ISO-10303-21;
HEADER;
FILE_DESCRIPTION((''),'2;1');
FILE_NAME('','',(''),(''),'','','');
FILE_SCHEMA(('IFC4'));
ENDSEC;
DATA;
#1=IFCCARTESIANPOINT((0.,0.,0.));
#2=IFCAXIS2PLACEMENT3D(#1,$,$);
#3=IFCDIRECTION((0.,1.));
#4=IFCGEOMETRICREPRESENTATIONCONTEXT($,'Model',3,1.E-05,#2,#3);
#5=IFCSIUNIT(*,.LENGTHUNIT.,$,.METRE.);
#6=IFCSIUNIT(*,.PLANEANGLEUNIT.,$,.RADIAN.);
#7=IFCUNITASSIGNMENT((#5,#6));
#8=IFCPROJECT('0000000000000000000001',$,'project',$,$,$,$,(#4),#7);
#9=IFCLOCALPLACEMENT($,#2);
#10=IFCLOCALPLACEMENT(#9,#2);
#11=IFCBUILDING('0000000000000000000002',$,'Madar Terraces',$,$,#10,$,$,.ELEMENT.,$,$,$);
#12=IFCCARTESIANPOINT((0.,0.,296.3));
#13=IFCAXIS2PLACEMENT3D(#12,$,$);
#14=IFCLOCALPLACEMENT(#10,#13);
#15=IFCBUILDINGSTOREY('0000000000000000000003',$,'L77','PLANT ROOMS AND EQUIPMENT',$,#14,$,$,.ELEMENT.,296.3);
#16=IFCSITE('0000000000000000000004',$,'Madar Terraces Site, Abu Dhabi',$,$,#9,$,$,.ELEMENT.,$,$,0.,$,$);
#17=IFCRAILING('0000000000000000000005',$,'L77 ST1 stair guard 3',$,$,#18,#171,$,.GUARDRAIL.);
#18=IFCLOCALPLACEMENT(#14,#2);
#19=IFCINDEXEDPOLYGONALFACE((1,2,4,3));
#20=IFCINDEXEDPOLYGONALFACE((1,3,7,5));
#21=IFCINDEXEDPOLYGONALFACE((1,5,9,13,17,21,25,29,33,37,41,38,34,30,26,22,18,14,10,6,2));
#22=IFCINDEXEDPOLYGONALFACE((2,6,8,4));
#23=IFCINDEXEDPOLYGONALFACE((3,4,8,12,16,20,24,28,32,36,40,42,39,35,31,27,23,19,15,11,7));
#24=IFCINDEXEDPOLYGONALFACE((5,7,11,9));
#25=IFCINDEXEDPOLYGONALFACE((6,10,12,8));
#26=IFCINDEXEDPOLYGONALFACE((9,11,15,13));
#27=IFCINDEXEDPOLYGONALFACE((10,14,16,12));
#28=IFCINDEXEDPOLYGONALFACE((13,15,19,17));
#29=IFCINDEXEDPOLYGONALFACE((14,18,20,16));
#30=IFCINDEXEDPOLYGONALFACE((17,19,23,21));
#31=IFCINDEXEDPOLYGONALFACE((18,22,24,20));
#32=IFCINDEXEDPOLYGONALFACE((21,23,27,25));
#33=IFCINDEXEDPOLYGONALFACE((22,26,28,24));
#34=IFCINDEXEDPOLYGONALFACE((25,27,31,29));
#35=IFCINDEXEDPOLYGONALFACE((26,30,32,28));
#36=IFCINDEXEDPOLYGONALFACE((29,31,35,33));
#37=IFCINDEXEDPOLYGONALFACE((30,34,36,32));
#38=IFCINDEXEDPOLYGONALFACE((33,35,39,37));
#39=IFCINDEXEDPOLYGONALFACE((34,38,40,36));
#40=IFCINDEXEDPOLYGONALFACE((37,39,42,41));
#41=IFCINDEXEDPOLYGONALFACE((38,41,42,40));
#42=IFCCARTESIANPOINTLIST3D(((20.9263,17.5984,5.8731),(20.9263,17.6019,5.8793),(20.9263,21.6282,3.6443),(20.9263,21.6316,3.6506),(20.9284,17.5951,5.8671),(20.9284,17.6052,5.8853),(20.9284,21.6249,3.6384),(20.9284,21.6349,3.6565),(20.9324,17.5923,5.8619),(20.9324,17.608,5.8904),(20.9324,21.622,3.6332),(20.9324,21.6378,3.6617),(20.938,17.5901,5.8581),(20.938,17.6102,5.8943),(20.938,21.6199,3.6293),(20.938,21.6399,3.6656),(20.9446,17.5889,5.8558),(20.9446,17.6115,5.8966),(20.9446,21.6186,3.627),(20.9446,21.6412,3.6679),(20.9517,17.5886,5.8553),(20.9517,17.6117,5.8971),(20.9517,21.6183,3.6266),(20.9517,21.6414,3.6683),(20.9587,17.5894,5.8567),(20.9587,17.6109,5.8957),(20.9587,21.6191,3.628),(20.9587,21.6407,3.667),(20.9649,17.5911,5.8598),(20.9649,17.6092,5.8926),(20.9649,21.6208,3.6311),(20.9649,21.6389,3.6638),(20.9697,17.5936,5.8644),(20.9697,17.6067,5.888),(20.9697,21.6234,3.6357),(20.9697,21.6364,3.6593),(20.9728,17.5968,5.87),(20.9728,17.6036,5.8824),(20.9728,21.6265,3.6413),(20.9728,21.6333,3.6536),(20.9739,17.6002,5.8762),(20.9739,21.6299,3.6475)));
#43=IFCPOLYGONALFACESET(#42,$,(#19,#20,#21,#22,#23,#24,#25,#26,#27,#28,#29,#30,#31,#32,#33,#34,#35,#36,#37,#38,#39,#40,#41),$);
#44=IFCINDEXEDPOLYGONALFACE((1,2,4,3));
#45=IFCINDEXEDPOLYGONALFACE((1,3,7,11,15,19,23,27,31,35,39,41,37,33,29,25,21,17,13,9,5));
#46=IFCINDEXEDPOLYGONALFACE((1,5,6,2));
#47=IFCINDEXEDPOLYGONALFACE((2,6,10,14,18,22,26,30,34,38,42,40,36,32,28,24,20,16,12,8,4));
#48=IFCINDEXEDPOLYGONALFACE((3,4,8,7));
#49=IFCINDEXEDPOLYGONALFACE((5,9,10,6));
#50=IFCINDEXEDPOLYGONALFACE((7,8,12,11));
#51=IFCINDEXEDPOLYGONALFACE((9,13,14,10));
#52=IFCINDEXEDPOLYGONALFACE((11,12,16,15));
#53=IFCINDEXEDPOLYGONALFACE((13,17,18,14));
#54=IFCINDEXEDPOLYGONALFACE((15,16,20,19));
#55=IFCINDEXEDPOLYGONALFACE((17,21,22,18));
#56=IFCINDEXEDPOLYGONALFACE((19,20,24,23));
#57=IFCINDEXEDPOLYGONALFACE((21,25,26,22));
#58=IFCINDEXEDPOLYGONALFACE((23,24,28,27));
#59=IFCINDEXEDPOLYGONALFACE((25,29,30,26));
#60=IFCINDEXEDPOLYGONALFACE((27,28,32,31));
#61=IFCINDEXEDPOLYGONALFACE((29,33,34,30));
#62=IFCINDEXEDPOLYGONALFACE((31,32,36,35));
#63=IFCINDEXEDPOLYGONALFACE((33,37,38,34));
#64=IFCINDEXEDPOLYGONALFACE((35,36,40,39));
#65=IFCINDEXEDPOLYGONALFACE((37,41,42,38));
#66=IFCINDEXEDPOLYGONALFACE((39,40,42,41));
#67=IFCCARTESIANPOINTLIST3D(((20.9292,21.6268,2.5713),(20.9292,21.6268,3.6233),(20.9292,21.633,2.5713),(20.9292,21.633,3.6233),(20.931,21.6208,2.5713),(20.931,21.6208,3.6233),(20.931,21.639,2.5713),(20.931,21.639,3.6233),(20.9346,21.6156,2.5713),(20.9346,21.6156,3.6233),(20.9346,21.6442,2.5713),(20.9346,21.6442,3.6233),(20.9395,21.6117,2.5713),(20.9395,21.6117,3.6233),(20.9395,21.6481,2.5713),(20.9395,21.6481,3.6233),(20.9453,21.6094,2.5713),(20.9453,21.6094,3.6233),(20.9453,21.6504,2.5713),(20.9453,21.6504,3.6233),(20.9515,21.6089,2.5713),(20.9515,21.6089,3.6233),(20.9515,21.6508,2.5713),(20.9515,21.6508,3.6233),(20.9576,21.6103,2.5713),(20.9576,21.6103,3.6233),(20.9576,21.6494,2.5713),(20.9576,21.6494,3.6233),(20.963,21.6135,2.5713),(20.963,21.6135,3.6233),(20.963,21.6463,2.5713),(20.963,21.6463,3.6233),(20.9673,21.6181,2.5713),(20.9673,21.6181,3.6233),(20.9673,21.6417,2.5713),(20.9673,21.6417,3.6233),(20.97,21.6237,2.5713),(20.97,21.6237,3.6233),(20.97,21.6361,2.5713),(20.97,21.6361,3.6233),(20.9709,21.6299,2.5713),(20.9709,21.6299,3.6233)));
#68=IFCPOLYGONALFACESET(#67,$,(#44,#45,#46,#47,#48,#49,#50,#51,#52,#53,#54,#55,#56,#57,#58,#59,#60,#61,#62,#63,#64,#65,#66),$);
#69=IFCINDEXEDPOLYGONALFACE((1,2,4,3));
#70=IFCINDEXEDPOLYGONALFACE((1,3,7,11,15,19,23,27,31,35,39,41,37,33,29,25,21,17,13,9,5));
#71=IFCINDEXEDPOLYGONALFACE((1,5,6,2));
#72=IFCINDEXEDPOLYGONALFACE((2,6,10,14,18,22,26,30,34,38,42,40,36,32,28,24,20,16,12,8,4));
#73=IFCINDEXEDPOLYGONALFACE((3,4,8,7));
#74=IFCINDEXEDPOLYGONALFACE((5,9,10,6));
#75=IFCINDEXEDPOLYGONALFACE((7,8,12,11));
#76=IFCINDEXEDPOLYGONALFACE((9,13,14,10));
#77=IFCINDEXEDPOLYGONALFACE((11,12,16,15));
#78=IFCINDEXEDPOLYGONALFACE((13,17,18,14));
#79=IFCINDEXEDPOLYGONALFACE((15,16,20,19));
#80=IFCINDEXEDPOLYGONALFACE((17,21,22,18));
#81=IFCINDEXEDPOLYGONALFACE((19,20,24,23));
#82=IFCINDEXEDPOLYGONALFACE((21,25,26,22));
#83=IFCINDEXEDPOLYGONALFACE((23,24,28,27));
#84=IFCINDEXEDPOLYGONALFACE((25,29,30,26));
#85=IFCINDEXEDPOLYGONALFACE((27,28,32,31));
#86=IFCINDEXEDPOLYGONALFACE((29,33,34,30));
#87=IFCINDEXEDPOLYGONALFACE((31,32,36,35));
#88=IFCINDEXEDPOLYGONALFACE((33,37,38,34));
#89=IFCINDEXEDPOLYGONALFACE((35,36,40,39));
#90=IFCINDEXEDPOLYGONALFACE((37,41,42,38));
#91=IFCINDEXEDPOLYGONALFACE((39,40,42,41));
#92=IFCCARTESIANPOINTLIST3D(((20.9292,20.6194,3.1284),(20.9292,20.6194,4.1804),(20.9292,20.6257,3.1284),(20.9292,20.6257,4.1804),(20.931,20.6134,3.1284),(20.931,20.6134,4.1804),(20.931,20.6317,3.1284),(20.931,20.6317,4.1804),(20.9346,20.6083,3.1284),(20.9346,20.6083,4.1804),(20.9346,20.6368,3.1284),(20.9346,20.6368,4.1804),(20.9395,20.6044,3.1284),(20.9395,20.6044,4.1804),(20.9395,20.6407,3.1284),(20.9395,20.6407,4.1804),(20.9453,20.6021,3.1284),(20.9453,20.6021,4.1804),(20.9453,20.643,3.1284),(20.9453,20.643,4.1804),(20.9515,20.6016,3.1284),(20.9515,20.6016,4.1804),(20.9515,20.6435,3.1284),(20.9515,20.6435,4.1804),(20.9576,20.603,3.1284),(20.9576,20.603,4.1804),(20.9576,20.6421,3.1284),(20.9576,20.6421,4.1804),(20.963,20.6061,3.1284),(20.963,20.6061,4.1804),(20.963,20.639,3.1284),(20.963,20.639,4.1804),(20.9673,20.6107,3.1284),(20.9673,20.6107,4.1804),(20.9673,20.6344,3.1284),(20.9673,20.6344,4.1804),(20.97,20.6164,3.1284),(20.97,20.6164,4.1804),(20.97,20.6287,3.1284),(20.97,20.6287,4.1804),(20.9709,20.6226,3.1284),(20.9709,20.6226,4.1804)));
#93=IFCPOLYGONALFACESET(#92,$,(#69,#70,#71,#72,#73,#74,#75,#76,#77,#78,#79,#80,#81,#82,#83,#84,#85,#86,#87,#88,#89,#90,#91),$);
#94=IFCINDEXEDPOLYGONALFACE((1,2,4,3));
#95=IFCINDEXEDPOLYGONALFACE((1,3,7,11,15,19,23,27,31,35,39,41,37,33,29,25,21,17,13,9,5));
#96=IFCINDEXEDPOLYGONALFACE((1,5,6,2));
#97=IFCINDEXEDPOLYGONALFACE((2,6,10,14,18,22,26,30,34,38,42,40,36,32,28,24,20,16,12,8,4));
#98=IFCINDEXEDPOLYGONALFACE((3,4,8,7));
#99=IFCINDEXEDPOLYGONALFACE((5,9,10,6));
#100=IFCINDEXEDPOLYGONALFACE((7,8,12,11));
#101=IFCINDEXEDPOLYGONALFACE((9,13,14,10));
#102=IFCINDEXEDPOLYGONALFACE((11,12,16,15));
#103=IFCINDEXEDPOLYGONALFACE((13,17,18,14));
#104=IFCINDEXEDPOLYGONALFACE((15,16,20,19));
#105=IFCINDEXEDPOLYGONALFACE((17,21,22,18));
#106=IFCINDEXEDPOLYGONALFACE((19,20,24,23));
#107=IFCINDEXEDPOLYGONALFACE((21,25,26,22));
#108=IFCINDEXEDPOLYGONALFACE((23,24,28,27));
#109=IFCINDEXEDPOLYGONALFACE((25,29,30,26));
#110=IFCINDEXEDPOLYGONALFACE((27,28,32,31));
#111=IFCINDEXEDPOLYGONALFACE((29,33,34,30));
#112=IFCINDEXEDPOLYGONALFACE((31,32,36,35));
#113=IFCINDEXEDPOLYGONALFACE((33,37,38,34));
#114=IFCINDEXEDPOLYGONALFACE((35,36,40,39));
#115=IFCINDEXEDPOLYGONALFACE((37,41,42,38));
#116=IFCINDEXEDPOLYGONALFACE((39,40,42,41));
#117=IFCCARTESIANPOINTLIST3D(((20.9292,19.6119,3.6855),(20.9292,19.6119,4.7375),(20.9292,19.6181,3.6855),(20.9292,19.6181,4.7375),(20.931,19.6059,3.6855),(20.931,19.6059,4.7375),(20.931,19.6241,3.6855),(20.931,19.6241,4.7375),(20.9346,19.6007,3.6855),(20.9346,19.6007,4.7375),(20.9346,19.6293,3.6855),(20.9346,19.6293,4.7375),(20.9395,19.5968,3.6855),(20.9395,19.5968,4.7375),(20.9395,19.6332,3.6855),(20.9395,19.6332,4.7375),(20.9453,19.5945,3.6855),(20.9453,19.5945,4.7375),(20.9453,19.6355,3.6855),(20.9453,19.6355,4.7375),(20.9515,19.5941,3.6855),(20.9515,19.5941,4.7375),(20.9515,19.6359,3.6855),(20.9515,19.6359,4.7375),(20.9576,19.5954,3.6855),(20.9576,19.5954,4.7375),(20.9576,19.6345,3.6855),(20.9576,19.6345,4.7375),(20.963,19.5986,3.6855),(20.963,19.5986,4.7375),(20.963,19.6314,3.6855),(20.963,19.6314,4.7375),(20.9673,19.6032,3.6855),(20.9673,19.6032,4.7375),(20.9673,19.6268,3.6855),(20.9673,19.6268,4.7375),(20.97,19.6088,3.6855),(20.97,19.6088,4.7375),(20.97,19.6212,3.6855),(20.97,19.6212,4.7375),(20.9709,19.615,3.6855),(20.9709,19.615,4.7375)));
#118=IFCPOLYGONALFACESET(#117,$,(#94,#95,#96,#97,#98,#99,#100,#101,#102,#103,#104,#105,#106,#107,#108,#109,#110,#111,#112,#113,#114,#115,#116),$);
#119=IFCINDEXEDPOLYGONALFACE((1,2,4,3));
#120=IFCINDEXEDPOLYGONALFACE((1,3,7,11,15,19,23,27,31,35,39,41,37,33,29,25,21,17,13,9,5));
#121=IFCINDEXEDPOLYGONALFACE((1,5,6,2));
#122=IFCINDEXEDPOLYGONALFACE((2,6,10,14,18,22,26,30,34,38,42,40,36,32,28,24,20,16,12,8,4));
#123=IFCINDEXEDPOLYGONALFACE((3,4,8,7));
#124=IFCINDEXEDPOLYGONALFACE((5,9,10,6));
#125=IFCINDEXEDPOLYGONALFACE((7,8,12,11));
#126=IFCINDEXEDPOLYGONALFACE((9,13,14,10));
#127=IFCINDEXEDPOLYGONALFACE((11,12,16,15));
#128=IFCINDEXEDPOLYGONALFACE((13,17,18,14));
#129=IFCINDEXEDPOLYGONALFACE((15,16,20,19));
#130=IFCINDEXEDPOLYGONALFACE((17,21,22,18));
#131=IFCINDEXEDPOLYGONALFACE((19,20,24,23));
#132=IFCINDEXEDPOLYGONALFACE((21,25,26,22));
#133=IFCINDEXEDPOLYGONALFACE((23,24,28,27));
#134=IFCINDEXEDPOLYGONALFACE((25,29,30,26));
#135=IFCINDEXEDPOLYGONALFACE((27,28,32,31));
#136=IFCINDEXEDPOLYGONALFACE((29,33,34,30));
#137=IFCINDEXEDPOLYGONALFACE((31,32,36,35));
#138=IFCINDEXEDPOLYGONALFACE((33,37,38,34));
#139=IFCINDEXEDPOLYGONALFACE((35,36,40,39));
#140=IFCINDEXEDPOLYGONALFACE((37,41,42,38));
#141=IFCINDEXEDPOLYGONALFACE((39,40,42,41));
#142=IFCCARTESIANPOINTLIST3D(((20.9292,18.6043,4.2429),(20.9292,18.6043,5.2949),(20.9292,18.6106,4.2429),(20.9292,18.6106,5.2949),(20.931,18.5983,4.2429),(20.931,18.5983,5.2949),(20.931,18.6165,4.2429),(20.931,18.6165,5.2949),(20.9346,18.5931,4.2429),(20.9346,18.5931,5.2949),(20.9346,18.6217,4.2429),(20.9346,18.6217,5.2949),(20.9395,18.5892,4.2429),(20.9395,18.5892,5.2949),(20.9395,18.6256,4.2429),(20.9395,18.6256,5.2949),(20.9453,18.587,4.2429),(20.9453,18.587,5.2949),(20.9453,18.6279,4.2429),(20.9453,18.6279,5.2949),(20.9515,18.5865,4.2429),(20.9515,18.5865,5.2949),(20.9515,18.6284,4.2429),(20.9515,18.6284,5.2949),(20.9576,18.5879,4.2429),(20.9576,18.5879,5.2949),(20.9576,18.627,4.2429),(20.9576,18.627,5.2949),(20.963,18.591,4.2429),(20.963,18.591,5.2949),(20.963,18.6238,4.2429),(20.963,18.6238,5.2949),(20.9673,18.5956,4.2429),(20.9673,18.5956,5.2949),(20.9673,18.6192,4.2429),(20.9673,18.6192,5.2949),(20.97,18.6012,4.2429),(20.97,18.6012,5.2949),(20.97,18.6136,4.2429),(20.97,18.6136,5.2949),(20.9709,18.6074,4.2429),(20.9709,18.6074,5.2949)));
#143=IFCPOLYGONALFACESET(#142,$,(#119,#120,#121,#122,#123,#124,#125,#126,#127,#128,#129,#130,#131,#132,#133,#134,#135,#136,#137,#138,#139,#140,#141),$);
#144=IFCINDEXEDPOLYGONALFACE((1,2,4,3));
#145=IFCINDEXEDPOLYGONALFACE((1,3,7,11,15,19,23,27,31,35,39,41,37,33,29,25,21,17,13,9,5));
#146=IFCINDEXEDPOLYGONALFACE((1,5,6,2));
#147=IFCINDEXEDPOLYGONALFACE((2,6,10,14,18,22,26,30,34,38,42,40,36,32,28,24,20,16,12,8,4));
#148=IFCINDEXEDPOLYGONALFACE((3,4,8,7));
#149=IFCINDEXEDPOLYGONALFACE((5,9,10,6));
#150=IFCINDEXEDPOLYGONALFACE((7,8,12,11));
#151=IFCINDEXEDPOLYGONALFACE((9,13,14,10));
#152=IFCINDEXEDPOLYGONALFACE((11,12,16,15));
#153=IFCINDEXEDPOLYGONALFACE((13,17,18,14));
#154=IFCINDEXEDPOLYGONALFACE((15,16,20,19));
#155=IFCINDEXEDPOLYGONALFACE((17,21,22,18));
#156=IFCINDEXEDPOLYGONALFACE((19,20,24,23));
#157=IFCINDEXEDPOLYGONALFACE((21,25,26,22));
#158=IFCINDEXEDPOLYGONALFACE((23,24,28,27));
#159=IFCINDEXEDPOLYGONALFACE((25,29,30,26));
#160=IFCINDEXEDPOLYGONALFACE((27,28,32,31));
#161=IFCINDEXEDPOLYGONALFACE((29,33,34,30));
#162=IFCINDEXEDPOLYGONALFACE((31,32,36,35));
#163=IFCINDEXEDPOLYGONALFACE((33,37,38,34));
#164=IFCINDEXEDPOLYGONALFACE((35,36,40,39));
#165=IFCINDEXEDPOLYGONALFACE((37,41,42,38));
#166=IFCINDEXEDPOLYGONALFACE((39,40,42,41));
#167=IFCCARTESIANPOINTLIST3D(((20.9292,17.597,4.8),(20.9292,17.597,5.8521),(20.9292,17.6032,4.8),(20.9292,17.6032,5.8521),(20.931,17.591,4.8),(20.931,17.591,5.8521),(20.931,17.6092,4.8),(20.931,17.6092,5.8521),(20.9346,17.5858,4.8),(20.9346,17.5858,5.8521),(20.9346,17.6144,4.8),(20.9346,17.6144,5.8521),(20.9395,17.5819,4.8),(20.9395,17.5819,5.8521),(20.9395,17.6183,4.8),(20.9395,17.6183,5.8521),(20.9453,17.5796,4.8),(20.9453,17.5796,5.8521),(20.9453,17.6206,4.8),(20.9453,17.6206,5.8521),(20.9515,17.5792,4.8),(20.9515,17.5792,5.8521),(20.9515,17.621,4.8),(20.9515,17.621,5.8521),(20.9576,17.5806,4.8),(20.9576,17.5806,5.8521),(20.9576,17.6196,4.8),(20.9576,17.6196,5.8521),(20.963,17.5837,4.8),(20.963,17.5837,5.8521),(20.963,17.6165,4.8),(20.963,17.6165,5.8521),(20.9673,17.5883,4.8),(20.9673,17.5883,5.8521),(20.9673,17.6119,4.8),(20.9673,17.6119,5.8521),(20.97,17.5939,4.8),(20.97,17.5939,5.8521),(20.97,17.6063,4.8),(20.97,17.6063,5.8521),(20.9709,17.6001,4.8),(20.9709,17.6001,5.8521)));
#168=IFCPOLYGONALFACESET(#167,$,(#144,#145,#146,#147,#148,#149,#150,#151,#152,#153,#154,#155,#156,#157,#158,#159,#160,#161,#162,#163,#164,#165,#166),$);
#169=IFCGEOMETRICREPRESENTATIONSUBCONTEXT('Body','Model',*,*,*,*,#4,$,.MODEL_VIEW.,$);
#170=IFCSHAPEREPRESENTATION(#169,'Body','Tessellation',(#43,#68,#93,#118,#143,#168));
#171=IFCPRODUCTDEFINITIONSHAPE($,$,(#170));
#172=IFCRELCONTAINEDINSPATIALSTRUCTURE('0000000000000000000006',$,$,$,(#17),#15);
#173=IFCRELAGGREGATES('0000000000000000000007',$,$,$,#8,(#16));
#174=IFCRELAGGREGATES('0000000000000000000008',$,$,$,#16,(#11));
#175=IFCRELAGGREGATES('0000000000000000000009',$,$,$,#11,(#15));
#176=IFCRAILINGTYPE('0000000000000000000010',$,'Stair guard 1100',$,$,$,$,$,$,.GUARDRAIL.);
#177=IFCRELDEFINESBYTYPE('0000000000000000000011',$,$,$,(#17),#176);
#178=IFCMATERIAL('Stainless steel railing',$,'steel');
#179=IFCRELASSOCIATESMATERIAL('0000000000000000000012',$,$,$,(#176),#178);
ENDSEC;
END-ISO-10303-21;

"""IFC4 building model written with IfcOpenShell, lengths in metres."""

from ifc_helpers import new_model, si_unit, direction, frame, origin, origin_2d, place, context, subcontext, project, spatial, circle, extrude, material, type_object, element, save


model = new_model("IFC4")

# Units and contexts
model_context = context("Model", 3, precision=1e-05, world=origin(), true_north=direction((0.0, 1.0)))
body_context = subcontext(model_context, "Body", "Model", "MODEL_VIEW")
ifc_project = project(units=[si_unit("LENGTHUNIT", "METRE"), si_unit("PLANEANGLEUNIT", "RADIAN")], contexts=[model_context])

# Site, building, storey
site_placement = place(None, origin())
site = spatial("IfcSite", under=ifc_project, at=site_placement, Name="Madar Terraces Site, Abu Dhabi", CompositionType="ELEMENT", RefElevation=0.0)
building_placement = place(site_placement, origin())
building = spatial("IfcBuilding", under=site, at=building_placement, Name="Madar Terraces", CompositionType="ELEMENT")
storey_placement = place(building_placement, frame((0.0, 0.0, 296.3)))
storey = spatial("IfcBuildingStorey", under=building, at=storey_placement, Name="L77", Description="PLANT ROOMS AND EQUIPMENT", CompositionType="ELEMENT", Elevation=296.3)

# Railing
ifc_material_1 = material(Name="Stainless steel railing", Category="steel")
railing_type_1 = type_object("IfcRailingType", Name="Stair guard 1100", PredefinedType="GUARDRAIL", material=ifc_material_1)
railing_1_placement = place(storey_placement, frame((20.95, 21.6299, 2.5713)))
element("IfcRailing", 1, at=railing_1_placement, inside=storey, type_object=railing_type_1, Name="L77 ST1 stair guard 3", PredefinedType="GUARDRAIL", context=body_context, shape_type="SweptSolid", body=[
    extrude(circle(Radius=0.0239, at=origin_2d()), frame((0.0, 0.0, 1.0762), z_axis=(0.0, -0.875078, 0.483981), x_axis=(1.0, 0.0, 0.0)), (0.0, 0.0, 1.0), 4.605),
    extrude(circle(Radius=0.021, at=origin_2d()), origin(), (0.0, 0.0, 1.0), 1.052),
    extrude(circle(Radius=0.021, at=origin_2d()), frame((0.0, -1.0073, 0.5571)), (0.0, 0.0, 1.0), 1.052),
    extrude(circle(Radius=0.021, at=origin_2d()), frame((0.0, -2.0149, 1.1143)), (0.0, 0.0, 1.0), 1.052),
    extrude(circle(Radius=0.021, at=origin_2d()), frame((0.0, -3.0225, 1.6716)), (0.0, 0.0, 1.0), 1.052),
    extrude(circle(Radius=0.021, at=origin_2d()), frame((0.0, -4.0298, 2.2288)), (0.0, 0.0, 1.0), 1.052),
])

save(model, "model.ifc")
